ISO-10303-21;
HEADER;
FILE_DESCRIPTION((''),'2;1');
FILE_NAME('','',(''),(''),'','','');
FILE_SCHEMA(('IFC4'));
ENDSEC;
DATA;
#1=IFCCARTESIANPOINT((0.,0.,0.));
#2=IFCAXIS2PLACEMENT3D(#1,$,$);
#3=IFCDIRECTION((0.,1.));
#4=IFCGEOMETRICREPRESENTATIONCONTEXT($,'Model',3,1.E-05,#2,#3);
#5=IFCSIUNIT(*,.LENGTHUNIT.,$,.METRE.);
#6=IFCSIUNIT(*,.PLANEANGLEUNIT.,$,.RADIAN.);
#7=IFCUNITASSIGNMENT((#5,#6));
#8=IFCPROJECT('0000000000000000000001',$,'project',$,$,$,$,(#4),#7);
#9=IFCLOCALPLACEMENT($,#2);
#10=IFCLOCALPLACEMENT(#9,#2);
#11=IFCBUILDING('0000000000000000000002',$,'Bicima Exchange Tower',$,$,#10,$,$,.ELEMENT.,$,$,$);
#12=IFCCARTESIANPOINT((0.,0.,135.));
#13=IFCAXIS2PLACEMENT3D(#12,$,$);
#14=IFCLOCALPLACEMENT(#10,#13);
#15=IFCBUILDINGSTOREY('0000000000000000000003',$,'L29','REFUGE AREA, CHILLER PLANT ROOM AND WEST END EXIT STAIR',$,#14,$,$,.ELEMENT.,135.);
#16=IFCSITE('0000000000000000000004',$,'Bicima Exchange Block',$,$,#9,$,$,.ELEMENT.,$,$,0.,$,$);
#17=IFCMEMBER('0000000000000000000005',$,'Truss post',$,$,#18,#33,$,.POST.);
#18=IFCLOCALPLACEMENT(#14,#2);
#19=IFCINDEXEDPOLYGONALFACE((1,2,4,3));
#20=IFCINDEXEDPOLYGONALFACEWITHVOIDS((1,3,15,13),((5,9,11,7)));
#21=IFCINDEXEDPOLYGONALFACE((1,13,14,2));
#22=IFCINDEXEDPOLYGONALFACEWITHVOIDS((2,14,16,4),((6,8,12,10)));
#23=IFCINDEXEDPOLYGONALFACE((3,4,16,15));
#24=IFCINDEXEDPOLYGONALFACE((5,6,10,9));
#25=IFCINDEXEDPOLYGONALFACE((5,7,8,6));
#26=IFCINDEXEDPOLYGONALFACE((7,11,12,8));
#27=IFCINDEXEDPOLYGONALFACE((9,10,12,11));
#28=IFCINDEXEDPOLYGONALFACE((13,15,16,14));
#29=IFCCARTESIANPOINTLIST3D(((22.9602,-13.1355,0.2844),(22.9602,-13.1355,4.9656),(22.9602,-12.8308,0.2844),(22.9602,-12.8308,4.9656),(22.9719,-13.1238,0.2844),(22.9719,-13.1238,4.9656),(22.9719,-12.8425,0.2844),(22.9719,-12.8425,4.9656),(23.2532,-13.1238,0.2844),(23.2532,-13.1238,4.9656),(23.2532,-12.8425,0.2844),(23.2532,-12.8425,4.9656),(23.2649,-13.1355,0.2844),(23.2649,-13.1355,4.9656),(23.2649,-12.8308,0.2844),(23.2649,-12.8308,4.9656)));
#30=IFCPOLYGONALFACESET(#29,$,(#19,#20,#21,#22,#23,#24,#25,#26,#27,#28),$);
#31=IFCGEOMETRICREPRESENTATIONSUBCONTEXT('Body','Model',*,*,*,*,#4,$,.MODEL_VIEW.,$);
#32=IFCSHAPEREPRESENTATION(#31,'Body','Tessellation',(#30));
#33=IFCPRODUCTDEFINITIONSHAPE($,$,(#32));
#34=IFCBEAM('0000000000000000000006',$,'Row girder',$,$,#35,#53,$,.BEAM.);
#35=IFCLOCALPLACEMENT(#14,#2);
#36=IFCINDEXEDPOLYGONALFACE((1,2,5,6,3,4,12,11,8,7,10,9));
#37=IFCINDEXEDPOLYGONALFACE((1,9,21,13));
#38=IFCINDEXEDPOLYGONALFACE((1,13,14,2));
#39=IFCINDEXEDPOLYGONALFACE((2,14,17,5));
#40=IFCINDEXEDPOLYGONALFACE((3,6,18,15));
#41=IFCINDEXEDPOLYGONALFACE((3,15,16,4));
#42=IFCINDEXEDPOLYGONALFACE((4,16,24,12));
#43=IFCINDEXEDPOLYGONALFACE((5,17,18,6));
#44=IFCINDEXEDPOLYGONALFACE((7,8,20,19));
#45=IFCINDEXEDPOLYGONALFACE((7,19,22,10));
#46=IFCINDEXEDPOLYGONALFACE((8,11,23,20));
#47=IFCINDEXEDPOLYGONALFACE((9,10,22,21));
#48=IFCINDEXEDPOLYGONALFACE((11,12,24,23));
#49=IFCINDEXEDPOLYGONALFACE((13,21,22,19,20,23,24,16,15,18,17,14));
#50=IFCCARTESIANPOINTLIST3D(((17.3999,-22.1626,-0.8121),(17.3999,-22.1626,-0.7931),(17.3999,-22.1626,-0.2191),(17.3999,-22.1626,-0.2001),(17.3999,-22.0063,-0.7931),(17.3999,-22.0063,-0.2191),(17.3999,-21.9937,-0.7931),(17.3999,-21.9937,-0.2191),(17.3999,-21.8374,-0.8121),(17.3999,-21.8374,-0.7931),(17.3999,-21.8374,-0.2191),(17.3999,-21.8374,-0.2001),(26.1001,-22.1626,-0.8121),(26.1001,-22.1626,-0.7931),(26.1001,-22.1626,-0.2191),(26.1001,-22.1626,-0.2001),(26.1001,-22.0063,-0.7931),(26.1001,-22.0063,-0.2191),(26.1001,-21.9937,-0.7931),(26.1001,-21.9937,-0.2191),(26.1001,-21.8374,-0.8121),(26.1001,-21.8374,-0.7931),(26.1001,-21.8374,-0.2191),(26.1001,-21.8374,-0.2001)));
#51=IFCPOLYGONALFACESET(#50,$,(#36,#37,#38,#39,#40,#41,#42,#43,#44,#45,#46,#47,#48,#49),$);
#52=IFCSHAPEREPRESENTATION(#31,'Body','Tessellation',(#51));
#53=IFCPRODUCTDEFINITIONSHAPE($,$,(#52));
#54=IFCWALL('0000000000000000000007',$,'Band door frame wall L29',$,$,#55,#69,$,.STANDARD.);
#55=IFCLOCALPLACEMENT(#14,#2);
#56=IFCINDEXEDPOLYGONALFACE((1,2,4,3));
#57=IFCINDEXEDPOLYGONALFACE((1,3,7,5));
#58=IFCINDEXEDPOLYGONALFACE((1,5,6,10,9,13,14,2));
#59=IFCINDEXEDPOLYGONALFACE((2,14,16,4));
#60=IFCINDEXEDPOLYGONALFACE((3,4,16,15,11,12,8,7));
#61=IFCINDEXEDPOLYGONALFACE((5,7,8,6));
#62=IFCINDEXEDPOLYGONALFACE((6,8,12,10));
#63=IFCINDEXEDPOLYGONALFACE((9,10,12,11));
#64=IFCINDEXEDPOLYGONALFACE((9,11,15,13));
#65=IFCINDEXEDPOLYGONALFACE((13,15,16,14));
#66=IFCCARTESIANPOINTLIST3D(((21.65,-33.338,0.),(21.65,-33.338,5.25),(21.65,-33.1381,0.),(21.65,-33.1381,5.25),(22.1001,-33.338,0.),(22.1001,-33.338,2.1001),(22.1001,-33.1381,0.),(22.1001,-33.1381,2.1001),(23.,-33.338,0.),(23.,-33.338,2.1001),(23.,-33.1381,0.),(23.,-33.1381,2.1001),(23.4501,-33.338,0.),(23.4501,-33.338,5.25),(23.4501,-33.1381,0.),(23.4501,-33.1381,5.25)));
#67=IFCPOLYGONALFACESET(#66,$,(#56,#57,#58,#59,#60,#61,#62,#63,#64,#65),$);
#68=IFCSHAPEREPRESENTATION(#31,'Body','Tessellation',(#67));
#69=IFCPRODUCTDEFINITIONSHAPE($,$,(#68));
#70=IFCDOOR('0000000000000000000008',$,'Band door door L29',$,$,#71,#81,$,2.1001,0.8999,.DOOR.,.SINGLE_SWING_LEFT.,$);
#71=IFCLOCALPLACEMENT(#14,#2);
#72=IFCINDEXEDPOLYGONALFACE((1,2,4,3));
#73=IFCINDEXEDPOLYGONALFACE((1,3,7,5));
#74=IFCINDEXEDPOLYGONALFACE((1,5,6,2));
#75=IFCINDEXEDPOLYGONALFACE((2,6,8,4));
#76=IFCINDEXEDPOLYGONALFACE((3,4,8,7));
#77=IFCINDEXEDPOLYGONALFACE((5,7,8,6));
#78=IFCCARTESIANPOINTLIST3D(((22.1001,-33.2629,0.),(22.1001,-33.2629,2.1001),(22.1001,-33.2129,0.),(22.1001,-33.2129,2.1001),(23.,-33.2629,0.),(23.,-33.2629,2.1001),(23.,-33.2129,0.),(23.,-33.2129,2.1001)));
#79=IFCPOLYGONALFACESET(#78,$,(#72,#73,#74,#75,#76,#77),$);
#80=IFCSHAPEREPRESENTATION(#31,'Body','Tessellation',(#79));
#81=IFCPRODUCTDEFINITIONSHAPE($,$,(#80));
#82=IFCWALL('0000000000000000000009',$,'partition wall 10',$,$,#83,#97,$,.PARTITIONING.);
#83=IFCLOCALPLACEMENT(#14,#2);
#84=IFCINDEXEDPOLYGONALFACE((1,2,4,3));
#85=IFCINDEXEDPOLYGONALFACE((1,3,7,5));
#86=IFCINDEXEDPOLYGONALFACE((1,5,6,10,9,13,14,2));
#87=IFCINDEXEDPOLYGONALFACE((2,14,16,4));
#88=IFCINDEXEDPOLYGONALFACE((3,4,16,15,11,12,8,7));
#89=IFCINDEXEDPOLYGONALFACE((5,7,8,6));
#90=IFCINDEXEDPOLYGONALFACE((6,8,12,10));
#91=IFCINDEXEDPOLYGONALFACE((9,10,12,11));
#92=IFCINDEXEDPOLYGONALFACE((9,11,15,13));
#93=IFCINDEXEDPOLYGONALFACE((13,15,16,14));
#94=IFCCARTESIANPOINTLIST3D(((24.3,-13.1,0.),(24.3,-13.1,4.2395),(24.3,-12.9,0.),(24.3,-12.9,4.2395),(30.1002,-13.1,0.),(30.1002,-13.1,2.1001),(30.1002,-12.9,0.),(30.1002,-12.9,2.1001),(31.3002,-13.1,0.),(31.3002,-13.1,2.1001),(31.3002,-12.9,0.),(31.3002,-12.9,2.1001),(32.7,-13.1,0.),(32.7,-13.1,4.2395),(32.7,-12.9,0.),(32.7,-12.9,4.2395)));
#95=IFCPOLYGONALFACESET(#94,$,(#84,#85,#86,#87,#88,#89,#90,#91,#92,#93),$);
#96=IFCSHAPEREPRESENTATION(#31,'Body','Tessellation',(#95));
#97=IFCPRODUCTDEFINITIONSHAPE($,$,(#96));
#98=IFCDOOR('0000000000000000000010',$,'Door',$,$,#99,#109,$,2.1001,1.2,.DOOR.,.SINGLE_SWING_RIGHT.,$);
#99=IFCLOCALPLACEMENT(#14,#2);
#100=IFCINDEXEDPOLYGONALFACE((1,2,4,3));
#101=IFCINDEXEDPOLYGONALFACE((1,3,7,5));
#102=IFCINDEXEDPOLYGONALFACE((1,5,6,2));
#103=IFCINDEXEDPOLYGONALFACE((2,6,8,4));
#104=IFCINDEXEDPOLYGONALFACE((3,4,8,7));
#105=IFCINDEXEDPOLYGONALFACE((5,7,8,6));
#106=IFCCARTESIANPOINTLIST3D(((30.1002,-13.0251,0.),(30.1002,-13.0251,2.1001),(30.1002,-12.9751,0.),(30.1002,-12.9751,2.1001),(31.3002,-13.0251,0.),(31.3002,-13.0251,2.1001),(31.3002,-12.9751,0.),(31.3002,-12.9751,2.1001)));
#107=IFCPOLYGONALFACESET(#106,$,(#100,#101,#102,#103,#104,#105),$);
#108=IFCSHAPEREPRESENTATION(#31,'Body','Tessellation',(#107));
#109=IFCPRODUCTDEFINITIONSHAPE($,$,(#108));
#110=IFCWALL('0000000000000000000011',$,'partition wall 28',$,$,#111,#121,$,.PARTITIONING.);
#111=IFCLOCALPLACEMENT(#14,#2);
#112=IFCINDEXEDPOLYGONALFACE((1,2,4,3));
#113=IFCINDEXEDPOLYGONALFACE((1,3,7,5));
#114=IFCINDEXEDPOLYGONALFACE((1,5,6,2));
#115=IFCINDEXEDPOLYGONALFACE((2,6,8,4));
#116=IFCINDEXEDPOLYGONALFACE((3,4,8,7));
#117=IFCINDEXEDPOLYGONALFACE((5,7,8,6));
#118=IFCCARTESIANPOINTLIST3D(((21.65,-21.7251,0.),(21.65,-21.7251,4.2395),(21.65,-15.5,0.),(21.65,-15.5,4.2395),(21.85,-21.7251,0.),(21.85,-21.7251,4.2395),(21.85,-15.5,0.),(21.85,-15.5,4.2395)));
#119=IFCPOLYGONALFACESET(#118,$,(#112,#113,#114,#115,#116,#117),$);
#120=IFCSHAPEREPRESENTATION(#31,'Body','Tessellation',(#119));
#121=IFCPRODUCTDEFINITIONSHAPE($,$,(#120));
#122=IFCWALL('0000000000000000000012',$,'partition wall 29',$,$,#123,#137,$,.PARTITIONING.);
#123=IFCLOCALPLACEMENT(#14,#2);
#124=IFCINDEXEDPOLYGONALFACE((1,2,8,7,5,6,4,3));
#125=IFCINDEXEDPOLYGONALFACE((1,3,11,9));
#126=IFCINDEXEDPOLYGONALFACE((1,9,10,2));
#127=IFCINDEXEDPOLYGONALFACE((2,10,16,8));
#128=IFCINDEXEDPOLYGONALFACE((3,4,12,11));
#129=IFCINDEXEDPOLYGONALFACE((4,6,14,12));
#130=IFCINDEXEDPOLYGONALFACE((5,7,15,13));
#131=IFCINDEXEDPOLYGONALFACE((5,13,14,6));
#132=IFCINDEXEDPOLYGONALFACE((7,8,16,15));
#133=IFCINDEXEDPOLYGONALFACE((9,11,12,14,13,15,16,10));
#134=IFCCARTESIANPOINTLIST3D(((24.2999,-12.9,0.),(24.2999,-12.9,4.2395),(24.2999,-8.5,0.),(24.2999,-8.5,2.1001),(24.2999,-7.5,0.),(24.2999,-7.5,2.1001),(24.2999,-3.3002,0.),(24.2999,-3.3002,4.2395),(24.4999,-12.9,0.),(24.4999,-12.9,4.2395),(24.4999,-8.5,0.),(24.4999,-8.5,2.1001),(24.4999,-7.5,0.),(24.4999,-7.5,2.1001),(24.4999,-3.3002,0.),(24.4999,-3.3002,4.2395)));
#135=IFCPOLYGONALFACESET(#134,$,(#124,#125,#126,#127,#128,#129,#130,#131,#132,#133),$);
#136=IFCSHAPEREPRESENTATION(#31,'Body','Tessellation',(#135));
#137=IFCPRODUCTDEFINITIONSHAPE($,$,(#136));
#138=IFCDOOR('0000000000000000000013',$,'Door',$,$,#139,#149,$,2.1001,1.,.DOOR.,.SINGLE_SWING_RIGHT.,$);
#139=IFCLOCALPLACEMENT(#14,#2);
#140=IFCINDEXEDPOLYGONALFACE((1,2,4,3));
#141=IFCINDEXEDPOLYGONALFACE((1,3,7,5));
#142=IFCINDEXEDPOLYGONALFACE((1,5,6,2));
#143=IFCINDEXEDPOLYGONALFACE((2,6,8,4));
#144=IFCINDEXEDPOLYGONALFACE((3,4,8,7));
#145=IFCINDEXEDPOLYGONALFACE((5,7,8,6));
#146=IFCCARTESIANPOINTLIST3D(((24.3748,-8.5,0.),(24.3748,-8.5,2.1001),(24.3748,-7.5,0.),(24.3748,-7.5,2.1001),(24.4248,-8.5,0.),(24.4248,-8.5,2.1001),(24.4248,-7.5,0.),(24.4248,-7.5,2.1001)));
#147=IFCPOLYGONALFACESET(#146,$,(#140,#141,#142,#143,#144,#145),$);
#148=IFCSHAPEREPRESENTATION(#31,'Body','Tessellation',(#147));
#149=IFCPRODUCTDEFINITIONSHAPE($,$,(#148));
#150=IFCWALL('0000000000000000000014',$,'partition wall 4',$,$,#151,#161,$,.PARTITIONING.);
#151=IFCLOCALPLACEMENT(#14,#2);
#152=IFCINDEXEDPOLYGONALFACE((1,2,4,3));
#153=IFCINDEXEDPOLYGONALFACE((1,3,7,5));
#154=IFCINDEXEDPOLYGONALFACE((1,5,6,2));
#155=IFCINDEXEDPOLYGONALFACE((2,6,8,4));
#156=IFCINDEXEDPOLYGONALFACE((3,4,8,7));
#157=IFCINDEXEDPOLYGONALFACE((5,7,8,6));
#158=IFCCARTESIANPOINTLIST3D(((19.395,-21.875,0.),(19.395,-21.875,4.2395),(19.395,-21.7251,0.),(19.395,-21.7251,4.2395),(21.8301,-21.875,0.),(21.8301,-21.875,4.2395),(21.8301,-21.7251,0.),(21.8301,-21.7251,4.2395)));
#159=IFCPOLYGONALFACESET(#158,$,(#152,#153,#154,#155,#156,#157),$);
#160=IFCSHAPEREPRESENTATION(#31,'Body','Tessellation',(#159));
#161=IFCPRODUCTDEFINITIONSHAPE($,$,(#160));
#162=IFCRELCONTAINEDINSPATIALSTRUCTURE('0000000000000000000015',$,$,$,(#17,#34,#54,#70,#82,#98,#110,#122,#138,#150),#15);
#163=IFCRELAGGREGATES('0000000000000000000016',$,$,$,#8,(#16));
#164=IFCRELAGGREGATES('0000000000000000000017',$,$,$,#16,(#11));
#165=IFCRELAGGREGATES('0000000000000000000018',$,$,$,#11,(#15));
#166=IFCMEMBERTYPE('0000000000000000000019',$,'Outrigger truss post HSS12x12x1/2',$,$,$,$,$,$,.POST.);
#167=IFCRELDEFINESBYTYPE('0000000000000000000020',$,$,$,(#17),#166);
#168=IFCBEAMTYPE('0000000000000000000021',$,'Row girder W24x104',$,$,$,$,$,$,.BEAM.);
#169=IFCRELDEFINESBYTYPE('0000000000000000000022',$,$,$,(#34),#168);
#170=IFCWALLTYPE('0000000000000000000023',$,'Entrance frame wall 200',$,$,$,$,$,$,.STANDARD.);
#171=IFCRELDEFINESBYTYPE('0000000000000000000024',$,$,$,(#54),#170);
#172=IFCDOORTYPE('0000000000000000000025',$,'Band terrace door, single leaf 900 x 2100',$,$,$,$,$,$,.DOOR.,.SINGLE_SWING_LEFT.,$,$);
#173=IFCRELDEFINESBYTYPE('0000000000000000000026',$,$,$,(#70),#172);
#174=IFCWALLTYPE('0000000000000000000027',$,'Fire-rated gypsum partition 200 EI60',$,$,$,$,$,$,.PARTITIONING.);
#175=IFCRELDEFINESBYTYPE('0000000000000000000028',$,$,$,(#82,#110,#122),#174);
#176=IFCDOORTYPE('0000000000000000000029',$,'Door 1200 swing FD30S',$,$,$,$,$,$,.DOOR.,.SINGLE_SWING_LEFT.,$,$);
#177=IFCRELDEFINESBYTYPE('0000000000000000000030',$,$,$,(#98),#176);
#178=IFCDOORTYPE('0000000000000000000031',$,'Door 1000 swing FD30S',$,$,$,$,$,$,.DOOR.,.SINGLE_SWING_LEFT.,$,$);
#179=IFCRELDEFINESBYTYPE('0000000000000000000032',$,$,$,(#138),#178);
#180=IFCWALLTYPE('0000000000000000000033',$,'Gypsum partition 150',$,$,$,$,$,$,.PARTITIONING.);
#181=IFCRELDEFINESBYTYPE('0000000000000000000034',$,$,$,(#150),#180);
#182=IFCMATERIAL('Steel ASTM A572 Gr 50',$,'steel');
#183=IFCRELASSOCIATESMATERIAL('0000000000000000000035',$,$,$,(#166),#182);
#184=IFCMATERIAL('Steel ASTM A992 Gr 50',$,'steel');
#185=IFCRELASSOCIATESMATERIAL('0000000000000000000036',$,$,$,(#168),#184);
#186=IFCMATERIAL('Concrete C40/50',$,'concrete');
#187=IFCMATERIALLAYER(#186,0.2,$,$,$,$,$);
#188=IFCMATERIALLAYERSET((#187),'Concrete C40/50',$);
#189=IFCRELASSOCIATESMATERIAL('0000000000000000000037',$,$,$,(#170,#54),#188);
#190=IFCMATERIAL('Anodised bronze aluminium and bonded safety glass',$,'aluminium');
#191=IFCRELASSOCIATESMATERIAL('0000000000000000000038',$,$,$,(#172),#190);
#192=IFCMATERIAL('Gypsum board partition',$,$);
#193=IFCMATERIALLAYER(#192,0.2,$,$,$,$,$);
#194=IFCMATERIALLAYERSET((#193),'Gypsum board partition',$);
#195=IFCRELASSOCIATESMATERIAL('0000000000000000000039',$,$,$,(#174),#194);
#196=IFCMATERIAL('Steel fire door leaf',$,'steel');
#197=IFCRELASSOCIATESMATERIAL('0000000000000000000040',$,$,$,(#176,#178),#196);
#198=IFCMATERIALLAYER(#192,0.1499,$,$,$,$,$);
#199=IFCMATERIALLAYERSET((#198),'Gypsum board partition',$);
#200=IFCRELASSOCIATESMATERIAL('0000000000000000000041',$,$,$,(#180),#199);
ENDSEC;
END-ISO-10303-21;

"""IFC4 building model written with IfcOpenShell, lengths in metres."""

from ifc_helpers import new_model, si_unit, direction, frame, frame_2d, origin, origin_2d, place, context, subcontext, project, spatial, rectangle, hollow_rectangle, i_section, extrude, material, layer, layer_set, layer_usage, material_profile, profile_set, type_object, element, fill, save


model = new_model("IFC4")

# Units and contexts
model_context = context("Model", 3, precision=1e-05, world=origin(), true_north=direction((0.0, 1.0)))
body_context = subcontext(model_context, "Body", "Model", "MODEL_VIEW")
ifc_project = project(units=[si_unit("LENGTHUNIT", "METRE"), si_unit("PLANEANGLEUNIT", "RADIAN")], contexts=[model_context])

# Site, building, storey
site_placement = place(None, origin())
site = spatial("IfcSite", under=ifc_project, at=site_placement, Name="Bicima Exchange Block", CompositionType="ELEMENT", RefElevation=0.0)
building_placement = place(site_placement, origin())
building = spatial("IfcBuilding", under=site, at=building_placement, Name="Bicima Exchange Tower", CompositionType="ELEMENT")
storey_placement = place(building_placement, frame((0.0, 0.0, 135.0)))
storey = spatial("IfcBuildingStorey", under=building, at=storey_placement, Name="L29", Description="REFUGE AREA, CHILLER PLANT ROOM AND WEST END EXIT STAIR", CompositionType="ELEMENT", Elevation=135.0)

# Shared definitions
ifc_material_1 = material(Name="Steel ASTM A572 Gr 50", Category="steel")

# Shared definitions
ifc_material_2 = material(Name="Steel ASTM A992 Gr 50", Category="steel")

# Member
ifc_material_profile_1 = material_profile(ifc_material_1, hollow_rectangle(XDim=0.3047, YDim=0.3047, WallThickness=0.0117, at=origin_2d()))
ifc_profile_set_1 = profile_set([ifc_material_profile_1], Name="Steel ASTM A572 Gr 50")
member_type_1 = type_object("IfcMemberType", Name="Outrigger truss post HSS12x12x1/2", PredefinedType="POST", material=ifc_profile_set_1)
member_1_placement = place(storey_placement, frame((23.1125, -12.9832, 0.2844), z_axis=(0.0, 0.0, 1.0), x_axis=(1.0, 0.0, 0.0)))
element("IfcMember", 1, at=member_1_placement, inside=storey, type_object=member_type_1, Name="Truss post", PredefinedType="POST", context=body_context, shape_type="SweptSolid", body=[
    extrude(hollow_rectangle(XDim=0.3047, YDim=0.3047, WallThickness=0.0117, at=origin_2d()), origin(), (0.0, 0.0, 1.0), 4.6812),
])

# Beam
ifc_material_profile_2 = material_profile(ifc_material_2, i_section(OverallWidth=0.3252, OverallDepth=0.6121, WebThickness=0.0127, FlangeThickness=0.019, at=origin_2d()))
ifc_profile_set_2 = profile_set([ifc_material_profile_2], Name="Steel ASTM A992 Gr 50")
beam_type_1 = type_object("IfcBeamType", Name="Row girder W24x104", PredefinedType="BEAM", material=ifc_profile_set_2)
beam_1_placement = place(storey_placement, frame((17.3999, -22.0, -0.5061), z_axis=(1.0, 0.0, 0.0), x_axis=(0.0, 1.0, 0.0)))
element("IfcBeam", 2, at=beam_1_placement, inside=storey, type_object=beam_type_1, Name="Row girder", PredefinedType="BEAM", context=body_context, shape_type="SweptSolid", body=[
    extrude(i_section(OverallWidth=0.3252, OverallDepth=0.6121, WebThickness=0.0127, FlangeThickness=0.019, at=origin_2d()), origin(), (0.0, 0.0, 1.0), 8.7002),
])

# Walls, openings, doors
ifc_material_3 = material(Name="Concrete C40/50", Category="concrete")
ifc_layer_1 = layer(ifc_material_3, 0.2)
ifc_layer_set_1 = layer_set([ifc_layer_1], Name="Concrete C40/50")
ifc_layer_usage_1 = layer_usage(ifc_layer_set_1, "AXIS2", "POSITIVE", -0.1)
wall_type_1 = type_object("IfcWallType", Name="Entrance frame wall 200", PredefinedType="STANDARD", material=ifc_layer_set_1)
wall_1_placement = place(storey_placement, frame((23.45, -33.238, 0.0), z_axis=(0.0, 0.0, 1.0), x_axis=(-1.0, 0.0, 0.0)))
wall_1 = element("IfcWall", 3, at=wall_1_placement, inside=storey, type_object=wall_type_1, material=ifc_layer_usage_1, Name="Band door frame wall L29", PredefinedType="STANDARD", context=body_context, shape_type="SweptSolid", body=[
    extrude(rectangle(XDim=1.8, YDim=0.2, at=frame_2d((0.8999, 0.0))), origin(), (0.0, 0.0, 1.0), 5.25),
])
opening_1_placement = place(wall_1_placement, frame((0.45, 0.0, 0.0)))
opening_1 = element("IfcOpeningElement", 4, at=opening_1_placement, cuts=wall_1, PredefinedType="OPENING", context=body_context, shape_type="SweptSolid", body=[
    extrude(rectangle(XDim=0.8999, YDim=2.1001, at=frame_2d((0.45, 1.05))), frame((0.0, 0.1118, 0.0), z_axis=(0.0, -1.0, 0.0), x_axis=(1.0, 0.0, 0.0)), (0.0, 0.0, 1.0), 0.2239),
])
ifc_material_4 = material(Name="Anodised bronze aluminium and bonded safety glass", Category="aluminium")
door_type_1 = type_object("IfcDoorType", Name="Band terrace door, single leaf 900 x 2100", OperationType="SINGLE_SWING_LEFT", PredefinedType="DOOR", material=ifc_material_4)
door_1_placement = place(opening_1_placement, origin())
door_1 = element("IfcDoor", 5, at=door_1_placement, inside=storey, type_object=door_type_1, Name="Band door door L29", OperationType="SINGLE_SWING_LEFT", OverallHeight=2.1001, OverallWidth=0.8999, PredefinedType="DOOR", context=body_context, shape_type="SweptSolid", body=[
    extrude(rectangle(XDim=0.8999, YDim=2.1001, at=frame_2d((0.45, 1.05))), frame((0.0, 0.0249, 0.0), z_axis=(0.0, -1.0, 0.0), x_axis=(1.0, 0.0, 0.0)), (0.0, 0.0, 1.0), 0.05),
])
fill(opening_1, door_1)
ifc_material_5 = material(Name="Gypsum board partition")
ifc_layer_2 = layer(ifc_material_5, 0.2)
ifc_layer_set_2 = layer_set([ifc_layer_2], Name="Gypsum board partition")
wall_type_2 = type_object("IfcWallType", Name="Fire-rated gypsum partition 200 EI60", PredefinedType="PARTITIONING", material=ifc_layer_set_2)
wall_2_placement = place(storey_placement, frame((24.3, -13.0, 0.0), z_axis=(0.0, 0.0, 1.0), x_axis=(1.0, 0.0, 0.0)))
wall_2 = element("IfcWall", 6, at=wall_2_placement, inside=storey, type_object=wall_type_2, Name="partition wall 10", PredefinedType="PARTITIONING", context=body_context, shape_type="SweptSolid", body=[
    extrude(rectangle(XDim=8.3999, YDim=0.2, at=frame_2d((4.2, 0.0))), origin(), (0.0, 0.0, 1.0), 4.2395),
])
opening_2_placement = place(wall_2_placement, frame((5.8, 0.0, 0.0)))
opening_2 = element("IfcOpeningElement", 7, at=opening_2_placement, cuts=wall_2, PredefinedType="OPENING", context=body_context, shape_type="SweptSolid", body=[
    extrude(rectangle(XDim=1.2, YDim=2.1001, at=frame_2d((0.6001, 1.05))), frame((0.0, 0.1118, 0.0), z_axis=(0.0, -1.0, 0.0), x_axis=(1.0, 0.0, 0.0)), (0.0, 0.0, 1.0), 0.2239),
])
ifc_material_6 = material(Name="Steel fire door leaf", Category="steel")
door_type_2 = type_object("IfcDoorType", Name="Door 1200 swing FD30S", OperationType="SINGLE_SWING_LEFT", PredefinedType="DOOR", material=ifc_material_6)
door_2_placement = place(opening_2_placement, origin())
door_2 = element("IfcDoor", 8, at=door_2_placement, inside=storey, type_object=door_type_2, Name="Door", OperationType="SINGLE_SWING_RIGHT", OverallHeight=2.1001, OverallWidth=1.2, PredefinedType="DOOR", context=body_context, shape_type="SweptSolid", body=[
    extrude(rectangle(XDim=1.2, YDim=2.1001, at=frame_2d((0.6001, 1.05))), frame((0.0, 0.0249, 0.0), z_axis=(0.0, -1.0, 0.0), x_axis=(1.0, 0.0, 0.0)), (0.0, 0.0, 1.0), 0.05),
])
fill(opening_2, door_2)

# Wall
wall_3_placement = place(storey_placement, frame((21.75, -21.7251, 0.0), z_axis=(0.0, 0.0, 1.0), x_axis=(0.0, 1.0, 0.0)))
element("IfcWall", 9, at=wall_3_placement, inside=storey, type_object=wall_type_2, Name="partition wall 28", PredefinedType="PARTITIONING", context=body_context, shape_type="SweptSolid", body=[
    extrude(rectangle(XDim=6.2251, YDim=0.2, at=frame_2d((3.1125, 0.0))), origin(), (0.0, 0.0, 1.0), 4.2395),
])

# Wall, opening, door
wall_4_placement = place(storey_placement, frame((24.3999, -12.8999, 0.0), z_axis=(0.0, 0.0, 1.0), x_axis=(0.0, 1.0, 0.0)))
wall_4 = element("IfcWall", 10, at=wall_4_placement, inside=storey, type_object=wall_type_2, Name="partition wall 29", PredefinedType="PARTITIONING", context=body_context, shape_type="SweptSolid", body=[
    extrude(rectangle(XDim=9.5999, YDim=0.2, at=frame_2d((4.7998, 0.0))), origin(), (0.0, 0.0, 1.0), 4.2395),
])
opening_3_placement = place(wall_4_placement, frame((4.3999, 0.0, 0.0)))
opening_3 = element("IfcOpeningElement", 11, at=opening_3_placement, cuts=wall_4, PredefinedType="OPENING", context=body_context, shape_type="SweptSolid", body=[
    extrude(rectangle(XDim=1.0, YDim=2.1001, at=frame_2d((0.5, 1.05))), frame((0.0, 0.1118, 0.0), z_axis=(0.0, -1.0, 0.0), x_axis=(1.0, 0.0, 0.0)), (0.0, 0.0, 1.0), 0.2239),
])
door_type_3 = type_object("IfcDoorType", Name="Door 1000 swing FD30S", OperationType="SINGLE_SWING_LEFT", PredefinedType="DOOR", material=ifc_material_6)
door_3_placement = place(opening_3_placement, frame((1.0, 0.0, 0.0), z_axis=(0.0, 0.0, 1.0), x_axis=(-1.0, 0.0, 0.0)))
door_3 = element("IfcDoor", 12, at=door_3_placement, inside=storey, type_object=door_type_3, Name="Door", OperationType="SINGLE_SWING_RIGHT", OverallHeight=2.1001, OverallWidth=1.0, PredefinedType="DOOR", context=body_context, shape_type="SweptSolid", body=[
    extrude(rectangle(XDim=1.0, YDim=2.1001, at=frame_2d((0.5, 1.05))), frame((0.0, 0.0249, 0.0), z_axis=(0.0, -1.0, 0.0), x_axis=(1.0, 0.0, 0.0)), (0.0, 0.0, 1.0), 0.05),
])
fill(opening_3, door_3)

# Wall
ifc_layer_3 = layer(ifc_material_5, 0.1499)
ifc_layer_set_3 = layer_set([ifc_layer_3], Name="Gypsum board partition")
wall_type_3 = type_object("IfcWallType", Name="Gypsum partition 150", PredefinedType="PARTITIONING", material=ifc_layer_set_3)
wall_5_placement = place(storey_placement, frame((19.395, -21.8, 0.0), z_axis=(0.0, 0.0, 1.0), x_axis=(1.0, 0.0, 0.0)))
element("IfcWall", 13, at=wall_5_placement, inside=storey, type_object=wall_type_3, Name="partition wall 4", PredefinedType="PARTITIONING", context=body_context, shape_type="SweptSolid", body=[
    extrude(rectangle(XDim=2.4351, YDim=0.1499, at=frame_2d((1.2175, 0.0))), origin(), (0.0, 0.0, 1.0), 4.2395),
])

save(model, "model.ifc")
